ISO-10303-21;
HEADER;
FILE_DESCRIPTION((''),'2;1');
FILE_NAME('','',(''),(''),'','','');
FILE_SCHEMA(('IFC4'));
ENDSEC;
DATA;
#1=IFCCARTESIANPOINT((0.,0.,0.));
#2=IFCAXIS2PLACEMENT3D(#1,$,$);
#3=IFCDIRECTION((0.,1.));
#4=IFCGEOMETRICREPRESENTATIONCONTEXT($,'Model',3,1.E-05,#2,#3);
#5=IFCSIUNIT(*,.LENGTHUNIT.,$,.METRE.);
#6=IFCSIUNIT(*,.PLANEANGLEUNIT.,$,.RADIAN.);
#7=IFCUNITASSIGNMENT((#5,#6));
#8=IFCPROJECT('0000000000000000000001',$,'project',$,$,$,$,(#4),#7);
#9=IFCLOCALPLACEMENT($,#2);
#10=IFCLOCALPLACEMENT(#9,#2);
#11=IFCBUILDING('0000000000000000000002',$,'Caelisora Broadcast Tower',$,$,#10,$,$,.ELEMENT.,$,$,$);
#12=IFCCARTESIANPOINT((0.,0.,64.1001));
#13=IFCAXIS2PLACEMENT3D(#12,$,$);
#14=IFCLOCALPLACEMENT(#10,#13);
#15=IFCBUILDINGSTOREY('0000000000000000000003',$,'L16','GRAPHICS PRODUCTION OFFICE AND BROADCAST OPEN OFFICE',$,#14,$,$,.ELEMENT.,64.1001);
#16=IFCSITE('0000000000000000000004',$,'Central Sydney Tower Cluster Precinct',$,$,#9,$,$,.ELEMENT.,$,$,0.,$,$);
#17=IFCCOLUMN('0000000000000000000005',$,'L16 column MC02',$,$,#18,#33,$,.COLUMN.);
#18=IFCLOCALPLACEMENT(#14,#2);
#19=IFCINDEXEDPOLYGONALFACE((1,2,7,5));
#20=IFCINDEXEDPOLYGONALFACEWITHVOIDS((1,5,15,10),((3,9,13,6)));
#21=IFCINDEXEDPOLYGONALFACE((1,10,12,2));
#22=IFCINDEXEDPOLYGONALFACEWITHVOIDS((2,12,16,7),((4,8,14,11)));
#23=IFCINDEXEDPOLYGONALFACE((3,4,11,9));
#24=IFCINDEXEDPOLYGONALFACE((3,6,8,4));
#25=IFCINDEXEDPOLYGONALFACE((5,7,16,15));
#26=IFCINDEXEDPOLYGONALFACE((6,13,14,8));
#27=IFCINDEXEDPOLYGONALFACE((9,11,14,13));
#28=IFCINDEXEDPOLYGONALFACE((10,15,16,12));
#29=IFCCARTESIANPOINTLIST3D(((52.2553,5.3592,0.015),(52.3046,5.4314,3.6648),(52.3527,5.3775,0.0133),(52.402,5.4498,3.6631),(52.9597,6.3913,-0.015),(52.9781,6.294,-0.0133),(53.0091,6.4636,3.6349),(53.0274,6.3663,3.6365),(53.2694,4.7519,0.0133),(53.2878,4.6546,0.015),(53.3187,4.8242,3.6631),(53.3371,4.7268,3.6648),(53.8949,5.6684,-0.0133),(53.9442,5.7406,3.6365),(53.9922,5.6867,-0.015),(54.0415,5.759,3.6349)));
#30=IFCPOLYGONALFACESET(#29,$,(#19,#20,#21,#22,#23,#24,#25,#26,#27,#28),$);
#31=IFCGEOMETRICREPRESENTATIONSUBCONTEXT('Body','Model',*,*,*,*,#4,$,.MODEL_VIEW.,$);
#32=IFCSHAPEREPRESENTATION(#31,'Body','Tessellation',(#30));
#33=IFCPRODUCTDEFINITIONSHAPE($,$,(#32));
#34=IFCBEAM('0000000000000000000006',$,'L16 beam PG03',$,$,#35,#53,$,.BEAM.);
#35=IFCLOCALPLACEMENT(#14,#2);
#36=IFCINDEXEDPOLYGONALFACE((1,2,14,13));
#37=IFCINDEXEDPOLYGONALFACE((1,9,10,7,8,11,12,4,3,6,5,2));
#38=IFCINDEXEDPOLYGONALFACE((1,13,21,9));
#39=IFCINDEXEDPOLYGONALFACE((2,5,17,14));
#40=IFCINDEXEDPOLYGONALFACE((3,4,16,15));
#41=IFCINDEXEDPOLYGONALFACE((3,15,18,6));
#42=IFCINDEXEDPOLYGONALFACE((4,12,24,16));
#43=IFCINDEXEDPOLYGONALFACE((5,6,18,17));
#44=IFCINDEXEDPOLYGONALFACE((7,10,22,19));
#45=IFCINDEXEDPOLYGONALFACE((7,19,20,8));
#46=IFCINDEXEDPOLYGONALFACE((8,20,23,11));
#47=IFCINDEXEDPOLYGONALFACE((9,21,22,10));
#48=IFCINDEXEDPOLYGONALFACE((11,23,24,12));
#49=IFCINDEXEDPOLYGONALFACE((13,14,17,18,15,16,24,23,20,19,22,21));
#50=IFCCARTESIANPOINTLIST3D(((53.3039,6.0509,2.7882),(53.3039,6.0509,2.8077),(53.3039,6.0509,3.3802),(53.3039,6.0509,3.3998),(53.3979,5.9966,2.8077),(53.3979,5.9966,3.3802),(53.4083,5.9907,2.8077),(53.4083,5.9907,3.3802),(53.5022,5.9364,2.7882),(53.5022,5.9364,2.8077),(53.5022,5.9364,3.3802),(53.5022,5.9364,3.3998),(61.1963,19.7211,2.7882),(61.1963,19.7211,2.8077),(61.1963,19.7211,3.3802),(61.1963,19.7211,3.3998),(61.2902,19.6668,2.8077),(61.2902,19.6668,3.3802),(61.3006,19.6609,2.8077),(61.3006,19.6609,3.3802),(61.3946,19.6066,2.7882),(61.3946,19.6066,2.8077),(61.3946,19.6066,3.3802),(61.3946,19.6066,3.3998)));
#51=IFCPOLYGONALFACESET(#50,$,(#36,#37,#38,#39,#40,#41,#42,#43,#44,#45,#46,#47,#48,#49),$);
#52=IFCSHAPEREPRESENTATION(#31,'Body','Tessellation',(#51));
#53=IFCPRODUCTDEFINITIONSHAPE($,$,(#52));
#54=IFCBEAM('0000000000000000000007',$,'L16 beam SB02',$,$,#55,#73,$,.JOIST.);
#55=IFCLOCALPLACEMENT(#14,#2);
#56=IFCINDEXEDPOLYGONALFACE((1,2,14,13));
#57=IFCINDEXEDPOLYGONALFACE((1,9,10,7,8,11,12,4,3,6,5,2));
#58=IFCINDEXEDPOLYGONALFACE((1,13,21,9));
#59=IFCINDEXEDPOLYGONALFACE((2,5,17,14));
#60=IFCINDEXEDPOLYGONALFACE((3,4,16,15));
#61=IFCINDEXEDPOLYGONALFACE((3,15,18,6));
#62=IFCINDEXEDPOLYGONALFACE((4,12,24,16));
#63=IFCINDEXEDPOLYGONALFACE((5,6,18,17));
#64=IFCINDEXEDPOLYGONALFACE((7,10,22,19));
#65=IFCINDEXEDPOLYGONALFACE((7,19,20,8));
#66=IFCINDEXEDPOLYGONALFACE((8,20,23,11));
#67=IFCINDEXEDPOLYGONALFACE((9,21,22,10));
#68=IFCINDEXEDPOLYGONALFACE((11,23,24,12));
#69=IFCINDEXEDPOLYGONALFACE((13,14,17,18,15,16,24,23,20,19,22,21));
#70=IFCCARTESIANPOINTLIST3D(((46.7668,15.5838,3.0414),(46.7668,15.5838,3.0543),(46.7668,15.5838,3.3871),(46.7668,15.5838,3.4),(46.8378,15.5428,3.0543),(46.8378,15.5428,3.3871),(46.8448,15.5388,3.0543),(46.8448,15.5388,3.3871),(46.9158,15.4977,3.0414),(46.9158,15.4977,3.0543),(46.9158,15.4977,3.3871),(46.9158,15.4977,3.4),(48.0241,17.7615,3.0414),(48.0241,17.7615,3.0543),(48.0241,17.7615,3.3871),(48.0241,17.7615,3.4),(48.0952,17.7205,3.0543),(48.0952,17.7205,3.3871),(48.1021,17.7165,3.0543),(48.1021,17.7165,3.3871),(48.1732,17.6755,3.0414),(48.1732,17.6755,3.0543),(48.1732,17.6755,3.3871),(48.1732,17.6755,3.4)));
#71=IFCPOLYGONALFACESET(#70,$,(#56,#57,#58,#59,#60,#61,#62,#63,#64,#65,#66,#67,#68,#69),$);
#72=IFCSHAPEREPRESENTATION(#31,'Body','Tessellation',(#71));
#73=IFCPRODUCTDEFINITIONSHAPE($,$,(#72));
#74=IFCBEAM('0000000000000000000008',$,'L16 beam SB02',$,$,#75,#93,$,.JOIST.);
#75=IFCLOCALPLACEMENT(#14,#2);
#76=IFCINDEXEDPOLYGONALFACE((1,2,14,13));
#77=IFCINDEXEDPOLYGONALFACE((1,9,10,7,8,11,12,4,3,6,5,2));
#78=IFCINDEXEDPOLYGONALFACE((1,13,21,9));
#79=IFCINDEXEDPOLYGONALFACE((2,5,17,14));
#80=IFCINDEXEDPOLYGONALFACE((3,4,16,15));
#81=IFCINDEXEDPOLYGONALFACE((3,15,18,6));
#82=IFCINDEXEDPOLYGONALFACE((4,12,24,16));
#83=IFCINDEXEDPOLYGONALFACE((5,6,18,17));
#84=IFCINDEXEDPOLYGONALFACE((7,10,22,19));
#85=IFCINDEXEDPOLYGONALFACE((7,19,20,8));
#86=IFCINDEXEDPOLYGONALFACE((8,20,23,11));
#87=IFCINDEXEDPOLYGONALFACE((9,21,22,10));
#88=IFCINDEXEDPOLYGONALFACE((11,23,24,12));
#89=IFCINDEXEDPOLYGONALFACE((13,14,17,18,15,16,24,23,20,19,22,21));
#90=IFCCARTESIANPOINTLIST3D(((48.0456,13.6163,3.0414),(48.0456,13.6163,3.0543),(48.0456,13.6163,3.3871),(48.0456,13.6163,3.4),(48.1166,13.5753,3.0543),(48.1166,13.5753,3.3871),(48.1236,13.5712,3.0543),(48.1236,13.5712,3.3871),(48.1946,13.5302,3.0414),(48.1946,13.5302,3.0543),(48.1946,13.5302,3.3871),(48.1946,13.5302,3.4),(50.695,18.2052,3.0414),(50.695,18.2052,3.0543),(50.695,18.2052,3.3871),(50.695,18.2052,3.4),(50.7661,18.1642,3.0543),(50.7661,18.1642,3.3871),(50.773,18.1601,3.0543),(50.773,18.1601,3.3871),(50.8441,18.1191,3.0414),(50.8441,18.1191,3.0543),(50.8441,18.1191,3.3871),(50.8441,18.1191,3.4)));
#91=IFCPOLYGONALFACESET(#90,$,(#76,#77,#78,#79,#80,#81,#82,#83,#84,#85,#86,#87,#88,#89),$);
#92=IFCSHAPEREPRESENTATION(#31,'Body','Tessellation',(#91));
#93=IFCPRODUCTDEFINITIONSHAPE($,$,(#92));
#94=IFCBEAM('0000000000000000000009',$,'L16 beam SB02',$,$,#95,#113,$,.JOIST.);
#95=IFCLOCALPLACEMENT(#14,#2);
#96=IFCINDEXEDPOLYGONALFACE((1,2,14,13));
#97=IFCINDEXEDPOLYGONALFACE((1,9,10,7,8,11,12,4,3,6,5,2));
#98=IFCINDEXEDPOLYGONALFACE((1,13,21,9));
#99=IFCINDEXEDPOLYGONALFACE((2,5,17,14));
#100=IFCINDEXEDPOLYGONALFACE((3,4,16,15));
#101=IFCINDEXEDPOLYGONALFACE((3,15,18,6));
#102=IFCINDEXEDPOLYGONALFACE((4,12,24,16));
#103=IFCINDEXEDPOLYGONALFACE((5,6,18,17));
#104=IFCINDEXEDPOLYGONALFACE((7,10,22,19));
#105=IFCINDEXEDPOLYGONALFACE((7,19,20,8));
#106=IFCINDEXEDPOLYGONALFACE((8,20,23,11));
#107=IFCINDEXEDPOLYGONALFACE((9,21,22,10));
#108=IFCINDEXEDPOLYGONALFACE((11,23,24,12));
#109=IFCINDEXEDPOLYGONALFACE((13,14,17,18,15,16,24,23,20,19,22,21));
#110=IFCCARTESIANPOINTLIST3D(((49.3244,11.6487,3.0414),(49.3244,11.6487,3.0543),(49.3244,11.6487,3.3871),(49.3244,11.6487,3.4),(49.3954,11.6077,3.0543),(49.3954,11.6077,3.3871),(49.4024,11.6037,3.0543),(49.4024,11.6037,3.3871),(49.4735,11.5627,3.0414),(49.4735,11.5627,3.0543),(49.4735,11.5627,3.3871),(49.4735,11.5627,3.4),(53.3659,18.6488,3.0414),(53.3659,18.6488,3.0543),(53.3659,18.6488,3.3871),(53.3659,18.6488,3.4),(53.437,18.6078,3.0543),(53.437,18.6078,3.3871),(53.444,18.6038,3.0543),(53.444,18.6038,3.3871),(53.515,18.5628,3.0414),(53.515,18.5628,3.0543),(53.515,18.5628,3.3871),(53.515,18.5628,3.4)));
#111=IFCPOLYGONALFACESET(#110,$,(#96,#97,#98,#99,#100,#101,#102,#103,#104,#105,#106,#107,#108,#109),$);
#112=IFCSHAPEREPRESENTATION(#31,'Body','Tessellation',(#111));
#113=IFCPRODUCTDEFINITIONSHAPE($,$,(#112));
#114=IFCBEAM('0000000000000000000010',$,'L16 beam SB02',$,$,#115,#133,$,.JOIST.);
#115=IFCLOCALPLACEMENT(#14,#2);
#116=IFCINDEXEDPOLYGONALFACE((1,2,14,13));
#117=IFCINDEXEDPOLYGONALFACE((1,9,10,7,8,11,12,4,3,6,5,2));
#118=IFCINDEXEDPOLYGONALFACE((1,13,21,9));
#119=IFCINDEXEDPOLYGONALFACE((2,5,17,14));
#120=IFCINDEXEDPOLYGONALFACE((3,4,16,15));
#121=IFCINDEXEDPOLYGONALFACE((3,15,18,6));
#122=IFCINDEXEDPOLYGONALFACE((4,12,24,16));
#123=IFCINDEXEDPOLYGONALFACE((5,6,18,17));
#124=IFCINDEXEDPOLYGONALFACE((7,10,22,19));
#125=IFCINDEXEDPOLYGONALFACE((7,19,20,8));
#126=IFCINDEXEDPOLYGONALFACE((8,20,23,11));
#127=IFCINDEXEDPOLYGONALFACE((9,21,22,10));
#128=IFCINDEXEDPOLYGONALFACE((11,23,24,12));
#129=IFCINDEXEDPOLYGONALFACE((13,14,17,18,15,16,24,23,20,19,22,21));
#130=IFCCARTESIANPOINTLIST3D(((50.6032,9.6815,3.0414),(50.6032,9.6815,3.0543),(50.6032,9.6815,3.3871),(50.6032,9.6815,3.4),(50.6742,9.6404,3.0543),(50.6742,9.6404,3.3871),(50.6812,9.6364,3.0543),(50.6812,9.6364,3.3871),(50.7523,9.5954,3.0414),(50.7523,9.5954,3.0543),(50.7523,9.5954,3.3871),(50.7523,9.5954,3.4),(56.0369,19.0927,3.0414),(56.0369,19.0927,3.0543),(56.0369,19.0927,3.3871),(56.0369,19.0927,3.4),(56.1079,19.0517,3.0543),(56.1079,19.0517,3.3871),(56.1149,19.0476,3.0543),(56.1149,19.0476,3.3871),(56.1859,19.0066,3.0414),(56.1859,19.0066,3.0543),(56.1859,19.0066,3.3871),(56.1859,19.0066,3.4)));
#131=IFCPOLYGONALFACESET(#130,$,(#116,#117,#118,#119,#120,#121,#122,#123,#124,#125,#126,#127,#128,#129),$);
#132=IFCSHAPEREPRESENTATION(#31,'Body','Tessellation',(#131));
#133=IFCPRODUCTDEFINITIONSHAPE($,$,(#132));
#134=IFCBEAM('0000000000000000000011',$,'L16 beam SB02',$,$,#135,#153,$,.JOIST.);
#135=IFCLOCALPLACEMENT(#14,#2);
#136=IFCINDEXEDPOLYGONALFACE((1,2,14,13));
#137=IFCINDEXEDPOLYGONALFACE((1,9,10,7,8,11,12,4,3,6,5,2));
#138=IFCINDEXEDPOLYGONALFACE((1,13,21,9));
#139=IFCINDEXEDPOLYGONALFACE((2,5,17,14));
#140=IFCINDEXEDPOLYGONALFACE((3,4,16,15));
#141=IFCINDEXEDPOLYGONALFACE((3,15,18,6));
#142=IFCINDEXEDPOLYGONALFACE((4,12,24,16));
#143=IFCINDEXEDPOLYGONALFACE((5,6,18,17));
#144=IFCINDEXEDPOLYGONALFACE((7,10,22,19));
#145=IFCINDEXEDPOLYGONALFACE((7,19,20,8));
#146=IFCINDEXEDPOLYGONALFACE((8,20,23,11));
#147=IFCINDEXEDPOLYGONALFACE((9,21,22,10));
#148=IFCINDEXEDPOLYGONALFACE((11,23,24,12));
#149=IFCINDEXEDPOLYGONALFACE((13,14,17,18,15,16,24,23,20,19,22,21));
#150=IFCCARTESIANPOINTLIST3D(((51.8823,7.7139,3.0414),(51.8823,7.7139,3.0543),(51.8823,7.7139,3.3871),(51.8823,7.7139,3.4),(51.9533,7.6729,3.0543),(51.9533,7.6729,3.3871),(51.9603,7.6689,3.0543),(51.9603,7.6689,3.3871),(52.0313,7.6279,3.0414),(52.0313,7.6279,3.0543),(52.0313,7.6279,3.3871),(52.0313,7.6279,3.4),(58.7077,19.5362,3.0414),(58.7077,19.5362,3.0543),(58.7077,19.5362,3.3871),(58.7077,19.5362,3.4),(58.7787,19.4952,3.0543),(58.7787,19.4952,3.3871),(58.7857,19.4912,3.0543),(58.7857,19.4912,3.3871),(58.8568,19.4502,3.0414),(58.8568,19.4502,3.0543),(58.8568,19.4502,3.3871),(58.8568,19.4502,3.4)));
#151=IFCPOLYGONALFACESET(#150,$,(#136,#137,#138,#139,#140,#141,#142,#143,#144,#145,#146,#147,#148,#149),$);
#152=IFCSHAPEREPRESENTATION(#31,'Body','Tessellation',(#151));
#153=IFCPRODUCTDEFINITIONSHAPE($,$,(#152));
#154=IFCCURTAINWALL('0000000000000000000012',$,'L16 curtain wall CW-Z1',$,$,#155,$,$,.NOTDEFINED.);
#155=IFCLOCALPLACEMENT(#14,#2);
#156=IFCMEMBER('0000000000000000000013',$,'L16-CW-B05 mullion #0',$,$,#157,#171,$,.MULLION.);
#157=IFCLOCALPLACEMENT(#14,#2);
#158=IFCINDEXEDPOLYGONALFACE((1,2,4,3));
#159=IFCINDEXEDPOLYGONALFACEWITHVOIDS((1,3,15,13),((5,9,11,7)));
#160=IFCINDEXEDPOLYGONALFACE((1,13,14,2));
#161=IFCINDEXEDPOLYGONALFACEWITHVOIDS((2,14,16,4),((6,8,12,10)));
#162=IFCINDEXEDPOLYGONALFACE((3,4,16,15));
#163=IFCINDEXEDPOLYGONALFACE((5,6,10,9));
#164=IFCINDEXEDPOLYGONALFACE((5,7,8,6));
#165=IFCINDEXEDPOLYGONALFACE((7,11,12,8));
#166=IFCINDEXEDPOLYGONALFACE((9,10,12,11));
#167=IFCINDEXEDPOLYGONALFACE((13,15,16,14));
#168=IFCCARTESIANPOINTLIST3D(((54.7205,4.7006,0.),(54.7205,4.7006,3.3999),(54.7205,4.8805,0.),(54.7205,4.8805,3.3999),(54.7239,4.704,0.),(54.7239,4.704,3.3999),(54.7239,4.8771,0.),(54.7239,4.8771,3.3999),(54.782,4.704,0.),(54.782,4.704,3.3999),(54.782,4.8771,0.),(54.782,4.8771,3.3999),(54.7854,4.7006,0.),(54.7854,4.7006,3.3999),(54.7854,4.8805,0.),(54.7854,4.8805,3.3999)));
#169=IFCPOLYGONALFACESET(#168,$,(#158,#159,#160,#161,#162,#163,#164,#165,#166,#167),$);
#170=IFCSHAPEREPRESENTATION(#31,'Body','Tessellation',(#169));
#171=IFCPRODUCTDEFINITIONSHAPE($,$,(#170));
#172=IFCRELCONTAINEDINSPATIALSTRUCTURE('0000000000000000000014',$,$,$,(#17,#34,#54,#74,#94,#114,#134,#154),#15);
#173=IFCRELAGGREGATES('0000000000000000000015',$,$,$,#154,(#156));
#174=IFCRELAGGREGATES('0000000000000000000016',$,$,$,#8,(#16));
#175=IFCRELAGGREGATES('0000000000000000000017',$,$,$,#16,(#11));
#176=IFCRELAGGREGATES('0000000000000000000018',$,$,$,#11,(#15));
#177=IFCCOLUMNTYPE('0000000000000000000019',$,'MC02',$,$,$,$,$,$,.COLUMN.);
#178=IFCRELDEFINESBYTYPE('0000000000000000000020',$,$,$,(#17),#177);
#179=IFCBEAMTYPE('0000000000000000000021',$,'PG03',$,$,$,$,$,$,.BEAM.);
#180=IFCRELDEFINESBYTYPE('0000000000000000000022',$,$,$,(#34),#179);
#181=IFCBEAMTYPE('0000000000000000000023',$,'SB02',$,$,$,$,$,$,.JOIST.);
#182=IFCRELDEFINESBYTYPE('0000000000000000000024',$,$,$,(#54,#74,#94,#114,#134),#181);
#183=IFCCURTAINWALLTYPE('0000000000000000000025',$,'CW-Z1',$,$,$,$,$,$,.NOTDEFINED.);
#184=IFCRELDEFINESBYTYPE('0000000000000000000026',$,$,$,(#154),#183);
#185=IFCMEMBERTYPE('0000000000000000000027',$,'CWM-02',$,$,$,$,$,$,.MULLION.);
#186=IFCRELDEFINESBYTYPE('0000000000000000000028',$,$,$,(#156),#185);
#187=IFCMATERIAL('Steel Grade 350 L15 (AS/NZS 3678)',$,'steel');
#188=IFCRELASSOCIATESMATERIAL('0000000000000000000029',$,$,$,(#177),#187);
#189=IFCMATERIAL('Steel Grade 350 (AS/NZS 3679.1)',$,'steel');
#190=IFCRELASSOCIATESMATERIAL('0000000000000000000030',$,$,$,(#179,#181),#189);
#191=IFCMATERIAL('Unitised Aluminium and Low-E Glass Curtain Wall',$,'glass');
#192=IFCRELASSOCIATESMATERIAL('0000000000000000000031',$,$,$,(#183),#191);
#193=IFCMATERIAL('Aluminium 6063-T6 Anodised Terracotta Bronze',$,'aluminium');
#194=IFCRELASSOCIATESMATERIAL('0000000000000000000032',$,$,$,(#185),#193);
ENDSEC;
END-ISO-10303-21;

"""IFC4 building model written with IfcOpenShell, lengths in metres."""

from ifc_helpers import new_model, si_unit, direction, frame, origin, origin_2d, place, context, subcontext, project, spatial, hollow_rectangle, i_section, extrude, source, transform, mapped, material, material_profile, profile_set, type_object, type_shapes, element, aggregate, save


model = new_model("IFC4")

# Units and contexts
model_context = context("Model", 3, precision=1e-05, world=origin(), true_north=direction((0.0, 1.0)))
body_context = subcontext(model_context, "Body", "Model", "MODEL_VIEW")
ifc_project = project(units=[si_unit("LENGTHUNIT", "METRE"), si_unit("PLANEANGLEUNIT", "RADIAN")], contexts=[model_context])

# Site, building, storey
site_placement = place(None, origin())
site = spatial("IfcSite", under=ifc_project, at=site_placement, Name="Central Sydney Tower Cluster Precinct", CompositionType="ELEMENT", RefElevation=0.0)
building_placement = place(site_placement, origin())
building = spatial("IfcBuilding", under=site, at=building_placement, Name="Caelisora Broadcast Tower", CompositionType="ELEMENT")
storey_placement = place(building_placement, frame((0.0, 0.0, 64.1001)))
storey = spatial("IfcBuildingStorey", under=building, at=storey_placement, Name="L16", Description="GRAPHICS PRODUCTION OFFICE AND BROADCAST OPEN OFFICE", CompositionType="ELEMENT", Elevation=64.1001)

# Column
ifc_material_1 = material(Name="Steel Grade 350 L15 (AS/NZS 3678)", Category="steel")
ifc_material_profile_1 = material_profile(ifc_material_1, hollow_rectangle(XDim=1.25, YDim=1.25, WallThickness=0.0701, at=origin_2d()), Name="Steel Grade 350 L15 (AS/NZS 3678)")
ifc_profile_set_1 = profile_set([ifc_material_profile_1], Name="Steel Grade 350 L15 (AS/NZS 3678)")
column_type = type_object("IfcColumnType", Name="MC02", PredefinedType="COLUMN", material=ifc_profile_set_1)
shared_shape_1 = source(origin(), body_context, "Body", "SweptSolid", [
    extrude(hollow_rectangle(XDim=1.25, YDim=1.25, WallThickness=0.0701, at=origin_2d()), origin(), (0.0, 0.0, 1.0), 3.6509),
])
type_shapes(column_type, [shared_shape_1])
column_placement = place(storey_placement, frame((53.1238, 5.5229, 0.0), z_axis=(0.013508, 0.019794, 0.999713), x_axis=(-0.825991, 0.563683, 0.0)))
element("IfcColumn", 1, at=column_placement, inside=storey, type_object=column_type, Name="L16 column MC02", PredefinedType="COLUMN", context=body_context, shape_type="MappedRepresentation", body=[
    mapped(shared_shape_1, transform((0.0, 0.0, 0.0), scale=1.0)),
])

# Beams
ifc_material_2 = material(Name="Steel Grade 350 (AS/NZS 3679.1)", Category="steel")
ifc_material_profile_2 = material_profile(ifc_material_2, i_section(OverallWidth=0.229, OverallDepth=0.6116, WebThickness=0.012, FlangeThickness=0.0195, at=origin_2d()), Name="Steel Grade 350 (AS/NZS 3679.1)")
ifc_profile_set_2 = profile_set([ifc_material_profile_2], Name="Steel Grade 350 (AS/NZS 3679.1)")
beam_type_1 = type_object("IfcBeamType", Name="PG03", PredefinedType="BEAM", material=ifc_profile_set_2)
shared_shape_2 = source(origin(), body_context, "Body", "SweptSolid", [
    extrude(i_section(OverallWidth=0.229, OverallDepth=0.6116, WebThickness=0.012, FlangeThickness=0.0195, at=origin_2d()), origin(), (0.0, 0.0, 1.0), 15.7849),
])
type_shapes(beam_type_1, [shared_shape_2])
beam_1_placement = place(storey_placement, frame((53.4031, 5.9937, 3.094), z_axis=(0.499993, 0.866029, 0.0), x_axis=(-0.866029, 0.499993, 0.0)))
element("IfcBeam", 2, at=beam_1_placement, inside=storey, type_object=beam_type_1, Name="L16 beam PG03", PredefinedType="BEAM", context=body_context, shape_type="MappedRepresentation", body=[
    mapped(shared_shape_2, transform((0.0, 0.0, 0.0), scale=1.0)),
])
ifc_material_profile_3 = material_profile(ifc_material_2, i_section(OverallWidth=0.1721, OverallDepth=0.3586, WebThickness=0.0081, FlangeThickness=0.0129, at=origin_2d()), Name="Steel Grade 350 (AS/NZS 3679.1)")
ifc_profile_set_3 = profile_set([ifc_material_profile_3], Name="Steel Grade 350 (AS/NZS 3679.1)")
beam_type_2 = type_object("IfcBeamType", Name="SB02", PredefinedType="JOIST", material=ifc_profile_set_3)
shared_shape_3 = source(origin(), body_context, "Body", "SweptSolid", [
    extrude(i_section(OverallWidth=0.1721, OverallDepth=0.3586, WebThickness=0.0081, FlangeThickness=0.0129, at=origin_2d()), origin(), (0.0, 0.0, 1.0), 2.5146),
])
beam_2_placement = place(storey_placement, frame((46.8413, 15.5408, 3.2207), z_axis=(0.500003, 0.866024, 0.0), x_axis=(-0.866024, 0.500003, 0.0)))
element("IfcBeam", 3, at=beam_2_placement, inside=storey, type_object=beam_type_2, Name="L16 beam SB02", PredefinedType="JOIST", context=body_context, shape_type="MappedRepresentation", body=[
    mapped(shared_shape_3, transform((0.0, 0.0, 0.0), scale=1.0)),
])
shared_shape_4 = source(origin(), body_context, "Body", "SweptSolid", [
    extrude(i_section(OverallWidth=0.1721, OverallDepth=0.3586, WebThickness=0.0081, FlangeThickness=0.0129, at=origin_2d()), origin(), (0.0, 0.0, 1.0), 5.2988),
])
beam_3_placement = place(storey_placement, frame((48.1201, 13.5732, 3.2207), z_axis=(0.500004, 0.866023, 0.0), x_axis=(-0.866023, 0.500004, 0.0)))
element("IfcBeam", 4, at=beam_3_placement, inside=storey, type_object=beam_type_2, Name="L16 beam SB02", PredefinedType="JOIST", context=body_context, shape_type="MappedRepresentation", body=[
    mapped(shared_shape_4, transform((0.0, 0.0, 0.0), scale=1.0)),
])
shared_shape_5 = source(origin(), body_context, "Body", "SweptSolid", [
    extrude(i_section(OverallWidth=0.1721, OverallDepth=0.3586, WebThickness=0.0081, FlangeThickness=0.0129, at=origin_2d()), origin(), (0.0, 0.0, 1.0), 8.083),
])
beam_4_placement = place(storey_placement, frame((49.3989, 11.6057, 3.2207), z_axis=(0.500005, 0.866023, 0.0), x_axis=(-0.866023, 0.500005, 0.0)))
element("IfcBeam", 5, at=beam_4_placement, inside=storey, type_object=beam_type_2, Name="L16 beam SB02", PredefinedType="JOIST", context=body_context, shape_type="MappedRepresentation", body=[
    mapped(shared_shape_5, transform((0.0, 0.0, 0.0), scale=1.0)),
])
shared_shape_6 = source(origin(), body_context, "Body", "SweptSolid", [
    extrude(i_section(OverallWidth=0.1721, OverallDepth=0.3586, WebThickness=0.0081, FlangeThickness=0.0129, at=origin_2d()), origin(), (0.0, 0.0, 1.0), 10.8672),
])
beam_5_placement = place(storey_placement, frame((50.6777, 9.6384, 3.2207), z_axis=(0.500005, 0.866022, 0.0), x_axis=(-0.866022, 0.500005, 0.0)))
element("IfcBeam", 6, at=beam_5_placement, inside=storey, type_object=beam_type_2, Name="L16 beam SB02", PredefinedType="JOIST", context=body_context, shape_type="MappedRepresentation", body=[
    mapped(shared_shape_6, transform((0.0, 0.0, 0.0), scale=1.0)),
])
shared_shape_7 = source(origin(), body_context, "Body", "SweptSolid", [
    extrude(i_section(OverallWidth=0.1721, OverallDepth=0.3586, WebThickness=0.0081, FlangeThickness=0.0129, at=origin_2d()), origin(), (0.0, 0.0, 1.0), 13.6511),
])
type_shapes(beam_type_2, [shared_shape_3, shared_shape_4, shared_shape_5, shared_shape_6, shared_shape_7])
beam_6_placement = place(storey_placement, frame((51.9568, 7.6709, 3.2207), z_axis=(0.499992, 0.86603, 0.0), x_axis=(-0.86603, 0.499992, 0.0)))
element("IfcBeam", 7, at=beam_6_placement, inside=storey, type_object=beam_type_2, Name="L16 beam SB02", PredefinedType="JOIST", context=body_context, shape_type="MappedRepresentation", body=[
    mapped(shared_shape_7, transform((0.0, 0.0, 0.0), scale=1.0)),
])

# Curtain wall, member
ifc_material_3 = material(Name="Unitised Aluminium and Low-E Glass Curtain Wall", Category="glass")
curtain_wall_type = type_object("IfcCurtainWallType", Name="CW-Z1", PredefinedType="NOTDEFINED", material=ifc_material_3)
curtain_wall_placement = place(storey_placement, origin())
curtain_wall = element("IfcCurtainWall", 8, at=curtain_wall_placement, inside=storey, type_object=curtain_wall_type, Name="L16 curtain wall CW-Z1", PredefinedType="NOTDEFINED")
ifc_material_4 = material(Name="Aluminium 6063-T6 Anodised Terracotta Bronze", Category="aluminium")
ifc_material_profile_4 = material_profile(ifc_material_4, hollow_rectangle(XDim=0.0649, YDim=0.1799, WallThickness=0.0034, at=origin_2d()), Name="Aluminium 6063-T6 Anodised Terracotta Bronze")
ifc_profile_set_4 = profile_set([ifc_material_profile_4], Name="Aluminium 6063-T6 Anodised Terracotta Bronze")
member_type_1 = type_object("IfcMemberType", Name="CWM-02", PredefinedType="MULLION", material=ifc_profile_set_4)
shared_shape_8 = source(origin(), body_context, "Body", "SweptSolid", [
    extrude(hollow_rectangle(XDim=0.0649, YDim=0.1799, WallThickness=0.0034, at=origin_2d()), origin(), (0.0, 0.0, 1.0), 3.3999),
])
type_shapes(member_type_1, [shared_shape_8])
member_1_placement = place(storey_placement, frame((54.7529, 4.7905, 0.0), z_axis=(0.0, 0.0, 1.0), x_axis=(1.0, 0.0, 0.0)))
member_1 = element("IfcMember", 9, at=member_1_placement, type_object=member_type_1, Name="L16-CW-B05 mullion #0", PredefinedType="MULLION", context=body_context, shape_type="MappedRepresentation", body=[
    mapped(shared_shape_8, transform((0.0, 0.0, 0.0), scale=1.0)),
])
aggregate(curtain_wall, [member_1])

save(model, "model.ifc")
